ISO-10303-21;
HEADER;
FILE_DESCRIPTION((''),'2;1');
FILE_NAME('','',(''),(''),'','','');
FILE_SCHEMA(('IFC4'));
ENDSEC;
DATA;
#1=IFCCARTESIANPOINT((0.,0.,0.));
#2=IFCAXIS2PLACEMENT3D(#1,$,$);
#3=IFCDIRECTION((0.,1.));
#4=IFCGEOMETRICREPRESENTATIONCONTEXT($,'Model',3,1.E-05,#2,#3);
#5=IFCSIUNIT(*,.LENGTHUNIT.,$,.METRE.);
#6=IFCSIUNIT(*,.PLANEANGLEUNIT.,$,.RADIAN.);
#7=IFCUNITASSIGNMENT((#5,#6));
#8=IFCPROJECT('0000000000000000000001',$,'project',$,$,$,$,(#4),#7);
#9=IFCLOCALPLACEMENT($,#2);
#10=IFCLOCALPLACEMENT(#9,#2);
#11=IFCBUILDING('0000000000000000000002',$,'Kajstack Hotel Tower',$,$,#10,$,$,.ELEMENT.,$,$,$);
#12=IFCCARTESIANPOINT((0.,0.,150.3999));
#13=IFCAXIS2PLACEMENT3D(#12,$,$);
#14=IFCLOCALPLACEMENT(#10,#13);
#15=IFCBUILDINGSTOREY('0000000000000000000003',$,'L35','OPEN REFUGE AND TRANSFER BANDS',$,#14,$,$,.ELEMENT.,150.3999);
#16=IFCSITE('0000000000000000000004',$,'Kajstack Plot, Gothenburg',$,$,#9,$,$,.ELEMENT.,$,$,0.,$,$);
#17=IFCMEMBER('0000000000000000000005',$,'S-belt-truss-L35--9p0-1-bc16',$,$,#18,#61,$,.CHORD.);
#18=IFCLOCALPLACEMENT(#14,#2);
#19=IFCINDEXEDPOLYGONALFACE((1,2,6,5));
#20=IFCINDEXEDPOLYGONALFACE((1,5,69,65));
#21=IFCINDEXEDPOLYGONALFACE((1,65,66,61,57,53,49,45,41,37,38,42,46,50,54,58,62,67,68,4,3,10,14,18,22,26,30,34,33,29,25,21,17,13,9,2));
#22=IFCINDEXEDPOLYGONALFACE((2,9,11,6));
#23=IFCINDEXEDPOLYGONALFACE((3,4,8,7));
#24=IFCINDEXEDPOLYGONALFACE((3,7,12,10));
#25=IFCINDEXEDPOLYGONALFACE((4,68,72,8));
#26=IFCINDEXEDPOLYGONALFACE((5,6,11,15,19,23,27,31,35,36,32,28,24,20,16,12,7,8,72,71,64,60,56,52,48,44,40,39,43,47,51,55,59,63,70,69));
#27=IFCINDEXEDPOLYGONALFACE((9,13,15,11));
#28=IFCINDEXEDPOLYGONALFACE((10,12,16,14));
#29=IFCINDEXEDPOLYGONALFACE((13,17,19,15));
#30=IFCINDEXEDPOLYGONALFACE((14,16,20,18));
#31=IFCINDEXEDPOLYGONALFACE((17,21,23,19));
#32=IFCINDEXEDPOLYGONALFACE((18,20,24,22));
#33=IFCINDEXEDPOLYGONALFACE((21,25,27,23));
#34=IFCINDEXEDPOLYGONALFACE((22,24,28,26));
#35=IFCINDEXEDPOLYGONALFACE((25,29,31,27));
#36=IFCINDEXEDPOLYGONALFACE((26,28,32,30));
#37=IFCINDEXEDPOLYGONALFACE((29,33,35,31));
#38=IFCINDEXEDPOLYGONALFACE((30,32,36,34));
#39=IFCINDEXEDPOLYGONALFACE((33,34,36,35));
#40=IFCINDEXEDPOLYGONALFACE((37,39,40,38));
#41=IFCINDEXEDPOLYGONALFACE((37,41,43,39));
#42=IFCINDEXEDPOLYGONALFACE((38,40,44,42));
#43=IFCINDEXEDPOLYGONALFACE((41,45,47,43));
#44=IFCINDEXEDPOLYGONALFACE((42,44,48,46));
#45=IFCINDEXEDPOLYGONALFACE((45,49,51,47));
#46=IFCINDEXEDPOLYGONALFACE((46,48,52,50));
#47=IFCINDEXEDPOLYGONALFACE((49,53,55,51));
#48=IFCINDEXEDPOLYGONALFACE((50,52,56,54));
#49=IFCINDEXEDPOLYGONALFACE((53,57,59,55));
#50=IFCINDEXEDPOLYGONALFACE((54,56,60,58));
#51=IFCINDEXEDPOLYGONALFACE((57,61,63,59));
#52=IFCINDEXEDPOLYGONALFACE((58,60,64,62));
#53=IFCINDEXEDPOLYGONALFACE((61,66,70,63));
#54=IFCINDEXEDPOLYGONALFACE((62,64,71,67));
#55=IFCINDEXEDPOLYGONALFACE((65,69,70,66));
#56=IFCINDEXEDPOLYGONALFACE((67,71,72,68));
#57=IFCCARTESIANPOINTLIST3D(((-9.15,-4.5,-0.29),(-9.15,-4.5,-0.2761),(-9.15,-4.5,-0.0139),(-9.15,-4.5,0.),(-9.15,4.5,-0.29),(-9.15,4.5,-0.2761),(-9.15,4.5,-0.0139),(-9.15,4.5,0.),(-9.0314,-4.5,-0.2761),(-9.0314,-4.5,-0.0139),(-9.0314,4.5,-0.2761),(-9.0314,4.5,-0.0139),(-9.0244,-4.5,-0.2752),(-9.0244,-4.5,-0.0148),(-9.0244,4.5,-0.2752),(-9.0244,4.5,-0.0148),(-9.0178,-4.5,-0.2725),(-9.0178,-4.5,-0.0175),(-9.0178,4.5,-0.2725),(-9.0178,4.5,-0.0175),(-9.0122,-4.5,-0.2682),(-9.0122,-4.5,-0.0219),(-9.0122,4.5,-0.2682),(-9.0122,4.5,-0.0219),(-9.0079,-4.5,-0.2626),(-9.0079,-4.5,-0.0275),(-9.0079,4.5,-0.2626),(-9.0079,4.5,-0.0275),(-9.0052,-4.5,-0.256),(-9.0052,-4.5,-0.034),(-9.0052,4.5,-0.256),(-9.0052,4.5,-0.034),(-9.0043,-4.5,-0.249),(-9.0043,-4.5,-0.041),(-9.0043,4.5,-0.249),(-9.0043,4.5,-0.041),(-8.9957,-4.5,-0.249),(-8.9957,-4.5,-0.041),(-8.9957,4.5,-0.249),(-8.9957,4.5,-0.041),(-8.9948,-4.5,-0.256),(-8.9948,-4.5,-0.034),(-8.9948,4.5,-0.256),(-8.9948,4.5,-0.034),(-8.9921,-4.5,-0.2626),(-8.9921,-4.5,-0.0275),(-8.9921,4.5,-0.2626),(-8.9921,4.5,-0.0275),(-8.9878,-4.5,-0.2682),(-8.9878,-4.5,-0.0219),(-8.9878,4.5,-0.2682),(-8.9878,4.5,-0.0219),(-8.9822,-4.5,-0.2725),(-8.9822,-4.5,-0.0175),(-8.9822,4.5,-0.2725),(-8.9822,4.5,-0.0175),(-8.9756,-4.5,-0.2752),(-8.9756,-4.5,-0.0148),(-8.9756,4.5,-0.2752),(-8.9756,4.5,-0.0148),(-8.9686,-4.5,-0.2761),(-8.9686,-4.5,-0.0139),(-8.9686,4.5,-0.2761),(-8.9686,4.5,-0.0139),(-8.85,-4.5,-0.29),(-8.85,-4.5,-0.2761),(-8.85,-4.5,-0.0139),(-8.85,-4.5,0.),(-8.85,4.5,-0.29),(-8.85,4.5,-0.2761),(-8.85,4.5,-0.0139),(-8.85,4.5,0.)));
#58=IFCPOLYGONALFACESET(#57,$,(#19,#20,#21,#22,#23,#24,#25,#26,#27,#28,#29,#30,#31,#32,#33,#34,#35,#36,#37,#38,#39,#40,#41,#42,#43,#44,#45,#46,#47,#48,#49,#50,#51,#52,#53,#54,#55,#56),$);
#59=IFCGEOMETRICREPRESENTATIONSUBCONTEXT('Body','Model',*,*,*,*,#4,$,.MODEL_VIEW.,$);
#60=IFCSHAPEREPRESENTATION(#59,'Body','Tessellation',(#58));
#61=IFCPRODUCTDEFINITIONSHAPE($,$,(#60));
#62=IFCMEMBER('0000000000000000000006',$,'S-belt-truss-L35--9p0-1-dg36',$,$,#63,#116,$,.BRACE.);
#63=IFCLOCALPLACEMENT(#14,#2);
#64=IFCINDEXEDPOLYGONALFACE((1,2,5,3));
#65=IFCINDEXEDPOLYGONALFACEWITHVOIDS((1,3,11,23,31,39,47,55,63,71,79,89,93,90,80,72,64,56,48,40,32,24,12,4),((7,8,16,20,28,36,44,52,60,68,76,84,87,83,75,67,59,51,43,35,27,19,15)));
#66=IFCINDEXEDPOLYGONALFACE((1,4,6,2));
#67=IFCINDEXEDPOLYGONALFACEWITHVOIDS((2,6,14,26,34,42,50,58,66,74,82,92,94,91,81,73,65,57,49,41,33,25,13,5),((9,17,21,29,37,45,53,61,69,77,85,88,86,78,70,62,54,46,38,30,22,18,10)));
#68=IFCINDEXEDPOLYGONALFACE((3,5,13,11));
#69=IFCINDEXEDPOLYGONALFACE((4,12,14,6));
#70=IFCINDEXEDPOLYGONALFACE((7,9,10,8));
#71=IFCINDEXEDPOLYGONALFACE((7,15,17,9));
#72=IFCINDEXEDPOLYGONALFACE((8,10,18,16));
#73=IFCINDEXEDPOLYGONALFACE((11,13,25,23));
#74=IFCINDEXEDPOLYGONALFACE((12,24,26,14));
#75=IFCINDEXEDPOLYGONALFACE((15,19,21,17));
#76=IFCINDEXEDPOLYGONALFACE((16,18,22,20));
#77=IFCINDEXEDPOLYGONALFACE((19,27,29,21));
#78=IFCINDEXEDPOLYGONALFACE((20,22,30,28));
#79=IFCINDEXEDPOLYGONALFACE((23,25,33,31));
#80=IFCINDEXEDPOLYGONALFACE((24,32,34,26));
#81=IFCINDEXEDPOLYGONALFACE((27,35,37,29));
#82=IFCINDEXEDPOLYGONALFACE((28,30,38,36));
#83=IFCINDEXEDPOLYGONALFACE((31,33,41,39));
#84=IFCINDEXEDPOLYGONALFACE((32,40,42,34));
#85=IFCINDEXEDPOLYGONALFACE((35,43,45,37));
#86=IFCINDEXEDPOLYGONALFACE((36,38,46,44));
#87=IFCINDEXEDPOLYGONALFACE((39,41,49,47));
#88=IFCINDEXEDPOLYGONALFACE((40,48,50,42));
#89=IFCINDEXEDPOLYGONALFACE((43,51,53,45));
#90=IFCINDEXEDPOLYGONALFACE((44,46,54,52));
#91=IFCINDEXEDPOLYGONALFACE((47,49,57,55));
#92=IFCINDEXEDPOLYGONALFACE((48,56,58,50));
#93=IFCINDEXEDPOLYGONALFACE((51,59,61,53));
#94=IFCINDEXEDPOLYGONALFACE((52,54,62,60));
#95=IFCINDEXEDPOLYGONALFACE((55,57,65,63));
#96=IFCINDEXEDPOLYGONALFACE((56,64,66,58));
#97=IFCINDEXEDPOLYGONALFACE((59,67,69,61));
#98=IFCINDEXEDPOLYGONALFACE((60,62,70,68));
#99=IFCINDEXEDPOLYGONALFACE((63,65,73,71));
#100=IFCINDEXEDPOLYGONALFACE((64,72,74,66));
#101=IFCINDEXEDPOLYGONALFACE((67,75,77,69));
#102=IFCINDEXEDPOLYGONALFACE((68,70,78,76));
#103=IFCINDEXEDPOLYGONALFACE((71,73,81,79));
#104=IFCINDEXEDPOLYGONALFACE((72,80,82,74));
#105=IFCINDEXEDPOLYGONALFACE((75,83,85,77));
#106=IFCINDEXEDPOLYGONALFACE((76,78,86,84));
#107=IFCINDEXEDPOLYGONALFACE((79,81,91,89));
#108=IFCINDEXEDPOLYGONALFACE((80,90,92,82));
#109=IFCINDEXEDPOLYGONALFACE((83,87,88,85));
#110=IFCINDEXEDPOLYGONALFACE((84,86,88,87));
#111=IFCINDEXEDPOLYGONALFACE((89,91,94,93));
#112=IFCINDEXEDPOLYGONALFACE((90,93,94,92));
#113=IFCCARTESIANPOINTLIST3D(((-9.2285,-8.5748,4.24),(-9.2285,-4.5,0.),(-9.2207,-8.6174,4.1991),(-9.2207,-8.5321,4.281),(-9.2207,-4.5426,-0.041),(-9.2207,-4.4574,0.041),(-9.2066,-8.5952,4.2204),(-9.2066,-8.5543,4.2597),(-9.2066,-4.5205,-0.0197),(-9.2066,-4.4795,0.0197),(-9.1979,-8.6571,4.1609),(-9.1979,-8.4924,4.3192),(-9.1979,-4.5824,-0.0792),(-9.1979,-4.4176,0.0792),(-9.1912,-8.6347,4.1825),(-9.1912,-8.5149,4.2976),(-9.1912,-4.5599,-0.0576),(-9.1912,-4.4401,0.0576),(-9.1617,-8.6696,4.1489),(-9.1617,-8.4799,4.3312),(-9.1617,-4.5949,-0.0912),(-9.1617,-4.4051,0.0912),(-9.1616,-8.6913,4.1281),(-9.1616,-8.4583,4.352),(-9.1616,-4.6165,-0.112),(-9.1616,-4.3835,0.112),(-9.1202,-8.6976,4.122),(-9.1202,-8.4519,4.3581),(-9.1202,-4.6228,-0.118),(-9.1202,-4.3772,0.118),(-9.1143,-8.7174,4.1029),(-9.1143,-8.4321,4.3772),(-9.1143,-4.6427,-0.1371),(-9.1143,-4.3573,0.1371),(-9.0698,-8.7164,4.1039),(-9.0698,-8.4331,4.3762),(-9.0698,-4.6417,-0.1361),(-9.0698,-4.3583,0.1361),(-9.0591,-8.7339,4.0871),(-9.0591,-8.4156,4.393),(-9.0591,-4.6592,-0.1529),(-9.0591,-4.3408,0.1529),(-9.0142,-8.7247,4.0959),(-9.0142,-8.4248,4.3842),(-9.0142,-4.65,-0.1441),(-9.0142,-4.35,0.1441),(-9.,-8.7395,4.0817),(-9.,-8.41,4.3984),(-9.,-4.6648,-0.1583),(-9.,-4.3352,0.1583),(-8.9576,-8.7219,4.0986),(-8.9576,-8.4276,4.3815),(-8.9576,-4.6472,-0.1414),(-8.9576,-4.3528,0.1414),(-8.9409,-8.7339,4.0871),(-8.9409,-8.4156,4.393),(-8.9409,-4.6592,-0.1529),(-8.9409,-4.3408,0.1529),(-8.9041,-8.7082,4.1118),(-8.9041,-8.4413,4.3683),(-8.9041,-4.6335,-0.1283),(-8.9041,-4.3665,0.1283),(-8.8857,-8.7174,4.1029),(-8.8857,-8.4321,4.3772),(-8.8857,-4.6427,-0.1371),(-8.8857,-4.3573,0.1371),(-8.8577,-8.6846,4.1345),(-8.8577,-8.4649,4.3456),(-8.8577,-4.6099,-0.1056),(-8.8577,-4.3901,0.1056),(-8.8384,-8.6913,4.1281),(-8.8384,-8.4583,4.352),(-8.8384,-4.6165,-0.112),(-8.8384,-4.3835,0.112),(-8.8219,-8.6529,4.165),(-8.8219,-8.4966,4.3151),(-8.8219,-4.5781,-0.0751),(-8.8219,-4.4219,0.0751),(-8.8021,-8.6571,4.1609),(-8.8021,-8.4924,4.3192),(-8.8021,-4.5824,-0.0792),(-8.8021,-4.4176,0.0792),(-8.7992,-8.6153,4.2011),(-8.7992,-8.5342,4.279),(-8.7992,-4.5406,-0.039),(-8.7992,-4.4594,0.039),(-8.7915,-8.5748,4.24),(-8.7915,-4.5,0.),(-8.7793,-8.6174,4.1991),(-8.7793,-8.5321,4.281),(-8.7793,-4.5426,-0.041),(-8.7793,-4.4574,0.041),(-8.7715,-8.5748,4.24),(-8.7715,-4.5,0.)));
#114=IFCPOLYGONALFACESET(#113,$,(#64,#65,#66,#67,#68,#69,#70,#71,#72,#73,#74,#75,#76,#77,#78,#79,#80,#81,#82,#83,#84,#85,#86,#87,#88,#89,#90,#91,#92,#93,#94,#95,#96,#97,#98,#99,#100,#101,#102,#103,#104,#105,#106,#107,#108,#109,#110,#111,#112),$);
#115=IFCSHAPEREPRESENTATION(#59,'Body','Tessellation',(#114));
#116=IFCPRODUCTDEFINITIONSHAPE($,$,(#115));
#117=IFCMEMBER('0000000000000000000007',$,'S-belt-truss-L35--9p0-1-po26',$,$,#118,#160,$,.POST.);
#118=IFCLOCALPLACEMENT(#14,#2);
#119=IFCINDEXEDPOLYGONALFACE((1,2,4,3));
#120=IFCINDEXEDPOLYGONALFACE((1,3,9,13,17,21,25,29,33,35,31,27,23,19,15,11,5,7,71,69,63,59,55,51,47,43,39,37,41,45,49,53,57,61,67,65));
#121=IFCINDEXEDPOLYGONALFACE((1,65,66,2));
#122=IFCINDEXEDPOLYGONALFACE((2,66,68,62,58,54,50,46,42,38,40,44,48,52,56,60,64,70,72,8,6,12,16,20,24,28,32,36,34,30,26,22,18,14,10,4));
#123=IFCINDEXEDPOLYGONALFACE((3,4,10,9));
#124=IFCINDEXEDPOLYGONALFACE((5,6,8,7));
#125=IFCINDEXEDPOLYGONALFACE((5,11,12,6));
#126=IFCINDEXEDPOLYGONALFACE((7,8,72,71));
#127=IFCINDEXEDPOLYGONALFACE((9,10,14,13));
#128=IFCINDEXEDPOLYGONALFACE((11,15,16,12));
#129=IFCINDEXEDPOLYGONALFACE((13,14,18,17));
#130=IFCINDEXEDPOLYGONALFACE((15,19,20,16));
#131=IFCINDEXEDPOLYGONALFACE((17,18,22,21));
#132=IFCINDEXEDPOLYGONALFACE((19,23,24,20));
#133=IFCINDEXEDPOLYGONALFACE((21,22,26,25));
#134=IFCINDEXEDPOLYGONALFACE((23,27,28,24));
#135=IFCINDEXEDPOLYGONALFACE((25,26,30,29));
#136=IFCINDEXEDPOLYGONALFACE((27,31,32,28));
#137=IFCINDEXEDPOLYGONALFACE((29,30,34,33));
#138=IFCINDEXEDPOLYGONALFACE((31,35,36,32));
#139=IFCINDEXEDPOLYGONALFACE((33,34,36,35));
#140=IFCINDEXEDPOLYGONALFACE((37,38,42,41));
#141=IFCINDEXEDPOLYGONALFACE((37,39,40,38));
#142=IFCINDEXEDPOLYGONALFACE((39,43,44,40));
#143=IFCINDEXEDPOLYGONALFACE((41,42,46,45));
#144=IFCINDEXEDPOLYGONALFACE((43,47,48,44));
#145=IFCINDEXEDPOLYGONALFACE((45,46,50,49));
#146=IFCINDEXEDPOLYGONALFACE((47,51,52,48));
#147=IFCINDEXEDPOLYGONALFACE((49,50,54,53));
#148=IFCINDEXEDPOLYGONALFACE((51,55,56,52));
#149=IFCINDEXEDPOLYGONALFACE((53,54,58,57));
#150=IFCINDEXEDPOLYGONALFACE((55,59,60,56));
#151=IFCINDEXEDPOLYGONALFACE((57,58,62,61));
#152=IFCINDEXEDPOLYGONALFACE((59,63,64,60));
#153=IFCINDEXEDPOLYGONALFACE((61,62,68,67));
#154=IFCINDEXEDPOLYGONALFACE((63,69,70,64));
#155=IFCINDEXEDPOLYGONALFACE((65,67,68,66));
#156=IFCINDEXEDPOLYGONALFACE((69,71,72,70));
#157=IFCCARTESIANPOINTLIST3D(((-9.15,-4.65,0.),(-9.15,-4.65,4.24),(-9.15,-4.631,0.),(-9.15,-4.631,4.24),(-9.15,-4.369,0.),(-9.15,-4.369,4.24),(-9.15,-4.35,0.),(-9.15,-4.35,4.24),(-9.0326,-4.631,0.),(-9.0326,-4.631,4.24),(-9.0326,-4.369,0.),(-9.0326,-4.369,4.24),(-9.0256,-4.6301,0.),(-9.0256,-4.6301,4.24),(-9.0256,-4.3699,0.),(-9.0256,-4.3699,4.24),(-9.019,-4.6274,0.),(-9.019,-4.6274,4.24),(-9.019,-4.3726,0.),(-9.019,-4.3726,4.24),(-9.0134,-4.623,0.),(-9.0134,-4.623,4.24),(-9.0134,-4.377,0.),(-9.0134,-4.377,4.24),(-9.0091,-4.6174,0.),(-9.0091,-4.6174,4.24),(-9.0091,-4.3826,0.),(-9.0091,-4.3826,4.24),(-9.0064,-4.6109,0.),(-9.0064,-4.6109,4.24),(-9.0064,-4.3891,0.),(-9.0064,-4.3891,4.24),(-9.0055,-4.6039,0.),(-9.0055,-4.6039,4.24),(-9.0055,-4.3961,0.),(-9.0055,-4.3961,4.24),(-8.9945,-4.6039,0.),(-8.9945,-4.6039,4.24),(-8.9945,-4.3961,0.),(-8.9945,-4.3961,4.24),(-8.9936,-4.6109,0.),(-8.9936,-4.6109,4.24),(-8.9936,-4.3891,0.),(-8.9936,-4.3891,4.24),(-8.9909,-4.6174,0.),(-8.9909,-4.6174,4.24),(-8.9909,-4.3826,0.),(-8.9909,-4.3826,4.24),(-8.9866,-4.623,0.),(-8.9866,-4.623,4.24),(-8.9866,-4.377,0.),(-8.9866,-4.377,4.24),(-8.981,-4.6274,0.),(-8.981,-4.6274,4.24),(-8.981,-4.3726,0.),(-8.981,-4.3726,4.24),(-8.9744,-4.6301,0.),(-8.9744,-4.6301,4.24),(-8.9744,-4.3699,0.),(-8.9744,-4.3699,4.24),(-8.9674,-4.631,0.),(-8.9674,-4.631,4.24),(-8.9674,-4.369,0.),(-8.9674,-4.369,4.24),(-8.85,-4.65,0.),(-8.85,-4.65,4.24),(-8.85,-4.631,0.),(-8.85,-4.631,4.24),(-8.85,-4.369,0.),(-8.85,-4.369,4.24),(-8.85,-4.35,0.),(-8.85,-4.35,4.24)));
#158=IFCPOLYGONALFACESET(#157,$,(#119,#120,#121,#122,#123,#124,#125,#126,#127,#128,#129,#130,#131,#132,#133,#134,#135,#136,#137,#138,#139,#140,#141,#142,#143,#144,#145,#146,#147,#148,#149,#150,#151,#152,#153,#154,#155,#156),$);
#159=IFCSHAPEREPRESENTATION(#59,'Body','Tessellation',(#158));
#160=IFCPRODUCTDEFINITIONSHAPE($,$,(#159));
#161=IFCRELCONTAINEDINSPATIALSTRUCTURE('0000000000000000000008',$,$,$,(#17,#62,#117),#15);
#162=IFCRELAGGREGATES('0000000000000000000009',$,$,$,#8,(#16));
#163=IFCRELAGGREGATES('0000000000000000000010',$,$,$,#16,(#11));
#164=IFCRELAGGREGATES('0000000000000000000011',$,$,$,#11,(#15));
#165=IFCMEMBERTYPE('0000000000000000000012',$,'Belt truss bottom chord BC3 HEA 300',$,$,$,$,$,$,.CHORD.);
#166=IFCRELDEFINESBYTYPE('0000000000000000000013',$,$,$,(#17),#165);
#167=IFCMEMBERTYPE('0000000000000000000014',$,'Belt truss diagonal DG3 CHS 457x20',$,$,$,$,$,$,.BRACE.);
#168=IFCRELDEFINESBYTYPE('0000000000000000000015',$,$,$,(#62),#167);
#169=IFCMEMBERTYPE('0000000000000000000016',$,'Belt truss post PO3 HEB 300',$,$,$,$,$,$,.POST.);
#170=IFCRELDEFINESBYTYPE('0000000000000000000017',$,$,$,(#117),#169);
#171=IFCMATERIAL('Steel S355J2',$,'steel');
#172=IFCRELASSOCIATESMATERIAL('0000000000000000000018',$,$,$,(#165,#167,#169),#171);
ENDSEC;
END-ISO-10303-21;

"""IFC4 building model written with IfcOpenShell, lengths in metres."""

from ifc_helpers import new_model, si_unit, direction, frame, origin, origin_2d, place, context, subcontext, project, spatial, hollow_circle, i_section, extrude, material, material_profile, profile_set, type_object, element, save


model = new_model("IFC4")

# Units and contexts
model_context = context("Model", 3, precision=1e-05, world=origin(), true_north=direction((0.0, 1.0)))
body_context = subcontext(model_context, "Body", "Model", "MODEL_VIEW")
ifc_project = project(units=[si_unit("LENGTHUNIT", "METRE"), si_unit("PLANEANGLEUNIT", "RADIAN")], contexts=[model_context])

# Site, building, storey
site_placement = place(None, origin())
site = spatial("IfcSite", under=ifc_project, at=site_placement, Name="Kajstack Plot, Gothenburg", CompositionType="ELEMENT", RefElevation=0.0)
building_placement = place(site_placement, origin())
building = spatial("IfcBuilding", under=site, at=building_placement, Name="Kajstack Hotel Tower", CompositionType="ELEMENT")
storey_placement = place(building_placement, frame((0.0, 0.0, 150.3999)))
storey = spatial("IfcBuildingStorey", under=building, at=storey_placement, Name="L35", Description="OPEN REFUGE AND TRANSFER BANDS", CompositionType="ELEMENT", Elevation=150.3999)

# Members
ifc_material_1 = material(Name="Steel S355J2", Category="steel")
ifc_material_profile_1 = material_profile(ifc_material_1, i_section(OverallWidth=0.3, OverallDepth=0.29, WebThickness=0.0085, FlangeThickness=0.0139, FilletRadius=0.0271, at=origin_2d()), Name="HEA 300")
ifc_profile_set_1 = profile_set([ifc_material_profile_1], Name="Steel S355J2")
member_type_1 = type_object("IfcMemberType", Name="Belt truss bottom chord BC3 HEA 300", PredefinedType="CHORD", material=ifc_profile_set_1)
member_1_placement = place(storey_placement, frame((-9.0, -4.5, -0.145), z_axis=(0.0, 1.0, 0.0), x_axis=(-1.0, 0.0, 0.0)))
element("IfcMember", 1, at=member_1_placement, inside=storey, type_object=member_type_1, Name="S-belt-truss-L35--9p0-1-bc16", PredefinedType="CHORD", context=body_context, shape_type="SweptSolid", body=[
    extrude(i_section(OverallWidth=0.3, OverallDepth=0.29, WebThickness=0.0085, FlangeThickness=0.0139, FilletRadius=0.0271, at=origin_2d()), origin(), (0.0, 0.0, 1.0), 9.0),
])
ifc_material_profile_2 = material_profile(ifc_material_1, hollow_circle(Radius=0.2285, WallThickness=0.02, at=origin_2d()), Name="CHS 457x20")
ifc_profile_set_2 = profile_set([ifc_material_profile_2], Name="Steel S355J2")
member_type_2 = type_object("IfcMemberType", Name="Belt truss diagonal DG3 CHS 457x20", PredefinedType="BRACE", material=ifc_profile_set_2)
member_2_placement = place(storey_placement, frame((-9.0, -4.5, 0.0), z_axis=(0.0, -0.692914, 0.721021), x_axis=(1.0, 0.0, 0.0)))
element("IfcMember", 2, at=member_2_placement, inside=storey, type_object=member_type_2, Name="S-belt-truss-L35--9p0-1-dg36", PredefinedType="BRACE", context=body_context, shape_type="SweptSolid", body=[
    extrude(hollow_circle(Radius=0.2285, WallThickness=0.02, at=origin_2d()), origin(), (0.0, 0.0, 1.0), 5.8806),
])
ifc_material_profile_3 = material_profile(ifc_material_1, i_section(OverallWidth=0.3, OverallDepth=0.3, WebThickness=0.011, FlangeThickness=0.019, FilletRadius=0.0271, at=origin_2d()), Name="HEB 300")
ifc_profile_set_3 = profile_set([ifc_material_profile_3], Name="Steel S355J2")
member_type_3 = type_object("IfcMemberType", Name="Belt truss post PO3 HEB 300", PredefinedType="POST", material=ifc_profile_set_3)
member_3_placement = place(storey_placement, frame((-9.0, -4.5, 0.0), z_axis=(0.0, 0.0, 1.0), x_axis=(1.0, 0.0, 0.0)))
element("IfcMember", 3, at=member_3_placement, inside=storey, type_object=member_type_3, Name="S-belt-truss-L35--9p0-1-po26", PredefinedType="POST", context=body_context, shape_type="SweptSolid", body=[
    extrude(i_section(OverallWidth=0.3, OverallDepth=0.3, WebThickness=0.011, FlangeThickness=0.019, FilletRadius=0.0271, at=origin_2d()), origin(), (0.0, 0.0, 1.0), 4.24),
])

save(model, "model.ifc")
